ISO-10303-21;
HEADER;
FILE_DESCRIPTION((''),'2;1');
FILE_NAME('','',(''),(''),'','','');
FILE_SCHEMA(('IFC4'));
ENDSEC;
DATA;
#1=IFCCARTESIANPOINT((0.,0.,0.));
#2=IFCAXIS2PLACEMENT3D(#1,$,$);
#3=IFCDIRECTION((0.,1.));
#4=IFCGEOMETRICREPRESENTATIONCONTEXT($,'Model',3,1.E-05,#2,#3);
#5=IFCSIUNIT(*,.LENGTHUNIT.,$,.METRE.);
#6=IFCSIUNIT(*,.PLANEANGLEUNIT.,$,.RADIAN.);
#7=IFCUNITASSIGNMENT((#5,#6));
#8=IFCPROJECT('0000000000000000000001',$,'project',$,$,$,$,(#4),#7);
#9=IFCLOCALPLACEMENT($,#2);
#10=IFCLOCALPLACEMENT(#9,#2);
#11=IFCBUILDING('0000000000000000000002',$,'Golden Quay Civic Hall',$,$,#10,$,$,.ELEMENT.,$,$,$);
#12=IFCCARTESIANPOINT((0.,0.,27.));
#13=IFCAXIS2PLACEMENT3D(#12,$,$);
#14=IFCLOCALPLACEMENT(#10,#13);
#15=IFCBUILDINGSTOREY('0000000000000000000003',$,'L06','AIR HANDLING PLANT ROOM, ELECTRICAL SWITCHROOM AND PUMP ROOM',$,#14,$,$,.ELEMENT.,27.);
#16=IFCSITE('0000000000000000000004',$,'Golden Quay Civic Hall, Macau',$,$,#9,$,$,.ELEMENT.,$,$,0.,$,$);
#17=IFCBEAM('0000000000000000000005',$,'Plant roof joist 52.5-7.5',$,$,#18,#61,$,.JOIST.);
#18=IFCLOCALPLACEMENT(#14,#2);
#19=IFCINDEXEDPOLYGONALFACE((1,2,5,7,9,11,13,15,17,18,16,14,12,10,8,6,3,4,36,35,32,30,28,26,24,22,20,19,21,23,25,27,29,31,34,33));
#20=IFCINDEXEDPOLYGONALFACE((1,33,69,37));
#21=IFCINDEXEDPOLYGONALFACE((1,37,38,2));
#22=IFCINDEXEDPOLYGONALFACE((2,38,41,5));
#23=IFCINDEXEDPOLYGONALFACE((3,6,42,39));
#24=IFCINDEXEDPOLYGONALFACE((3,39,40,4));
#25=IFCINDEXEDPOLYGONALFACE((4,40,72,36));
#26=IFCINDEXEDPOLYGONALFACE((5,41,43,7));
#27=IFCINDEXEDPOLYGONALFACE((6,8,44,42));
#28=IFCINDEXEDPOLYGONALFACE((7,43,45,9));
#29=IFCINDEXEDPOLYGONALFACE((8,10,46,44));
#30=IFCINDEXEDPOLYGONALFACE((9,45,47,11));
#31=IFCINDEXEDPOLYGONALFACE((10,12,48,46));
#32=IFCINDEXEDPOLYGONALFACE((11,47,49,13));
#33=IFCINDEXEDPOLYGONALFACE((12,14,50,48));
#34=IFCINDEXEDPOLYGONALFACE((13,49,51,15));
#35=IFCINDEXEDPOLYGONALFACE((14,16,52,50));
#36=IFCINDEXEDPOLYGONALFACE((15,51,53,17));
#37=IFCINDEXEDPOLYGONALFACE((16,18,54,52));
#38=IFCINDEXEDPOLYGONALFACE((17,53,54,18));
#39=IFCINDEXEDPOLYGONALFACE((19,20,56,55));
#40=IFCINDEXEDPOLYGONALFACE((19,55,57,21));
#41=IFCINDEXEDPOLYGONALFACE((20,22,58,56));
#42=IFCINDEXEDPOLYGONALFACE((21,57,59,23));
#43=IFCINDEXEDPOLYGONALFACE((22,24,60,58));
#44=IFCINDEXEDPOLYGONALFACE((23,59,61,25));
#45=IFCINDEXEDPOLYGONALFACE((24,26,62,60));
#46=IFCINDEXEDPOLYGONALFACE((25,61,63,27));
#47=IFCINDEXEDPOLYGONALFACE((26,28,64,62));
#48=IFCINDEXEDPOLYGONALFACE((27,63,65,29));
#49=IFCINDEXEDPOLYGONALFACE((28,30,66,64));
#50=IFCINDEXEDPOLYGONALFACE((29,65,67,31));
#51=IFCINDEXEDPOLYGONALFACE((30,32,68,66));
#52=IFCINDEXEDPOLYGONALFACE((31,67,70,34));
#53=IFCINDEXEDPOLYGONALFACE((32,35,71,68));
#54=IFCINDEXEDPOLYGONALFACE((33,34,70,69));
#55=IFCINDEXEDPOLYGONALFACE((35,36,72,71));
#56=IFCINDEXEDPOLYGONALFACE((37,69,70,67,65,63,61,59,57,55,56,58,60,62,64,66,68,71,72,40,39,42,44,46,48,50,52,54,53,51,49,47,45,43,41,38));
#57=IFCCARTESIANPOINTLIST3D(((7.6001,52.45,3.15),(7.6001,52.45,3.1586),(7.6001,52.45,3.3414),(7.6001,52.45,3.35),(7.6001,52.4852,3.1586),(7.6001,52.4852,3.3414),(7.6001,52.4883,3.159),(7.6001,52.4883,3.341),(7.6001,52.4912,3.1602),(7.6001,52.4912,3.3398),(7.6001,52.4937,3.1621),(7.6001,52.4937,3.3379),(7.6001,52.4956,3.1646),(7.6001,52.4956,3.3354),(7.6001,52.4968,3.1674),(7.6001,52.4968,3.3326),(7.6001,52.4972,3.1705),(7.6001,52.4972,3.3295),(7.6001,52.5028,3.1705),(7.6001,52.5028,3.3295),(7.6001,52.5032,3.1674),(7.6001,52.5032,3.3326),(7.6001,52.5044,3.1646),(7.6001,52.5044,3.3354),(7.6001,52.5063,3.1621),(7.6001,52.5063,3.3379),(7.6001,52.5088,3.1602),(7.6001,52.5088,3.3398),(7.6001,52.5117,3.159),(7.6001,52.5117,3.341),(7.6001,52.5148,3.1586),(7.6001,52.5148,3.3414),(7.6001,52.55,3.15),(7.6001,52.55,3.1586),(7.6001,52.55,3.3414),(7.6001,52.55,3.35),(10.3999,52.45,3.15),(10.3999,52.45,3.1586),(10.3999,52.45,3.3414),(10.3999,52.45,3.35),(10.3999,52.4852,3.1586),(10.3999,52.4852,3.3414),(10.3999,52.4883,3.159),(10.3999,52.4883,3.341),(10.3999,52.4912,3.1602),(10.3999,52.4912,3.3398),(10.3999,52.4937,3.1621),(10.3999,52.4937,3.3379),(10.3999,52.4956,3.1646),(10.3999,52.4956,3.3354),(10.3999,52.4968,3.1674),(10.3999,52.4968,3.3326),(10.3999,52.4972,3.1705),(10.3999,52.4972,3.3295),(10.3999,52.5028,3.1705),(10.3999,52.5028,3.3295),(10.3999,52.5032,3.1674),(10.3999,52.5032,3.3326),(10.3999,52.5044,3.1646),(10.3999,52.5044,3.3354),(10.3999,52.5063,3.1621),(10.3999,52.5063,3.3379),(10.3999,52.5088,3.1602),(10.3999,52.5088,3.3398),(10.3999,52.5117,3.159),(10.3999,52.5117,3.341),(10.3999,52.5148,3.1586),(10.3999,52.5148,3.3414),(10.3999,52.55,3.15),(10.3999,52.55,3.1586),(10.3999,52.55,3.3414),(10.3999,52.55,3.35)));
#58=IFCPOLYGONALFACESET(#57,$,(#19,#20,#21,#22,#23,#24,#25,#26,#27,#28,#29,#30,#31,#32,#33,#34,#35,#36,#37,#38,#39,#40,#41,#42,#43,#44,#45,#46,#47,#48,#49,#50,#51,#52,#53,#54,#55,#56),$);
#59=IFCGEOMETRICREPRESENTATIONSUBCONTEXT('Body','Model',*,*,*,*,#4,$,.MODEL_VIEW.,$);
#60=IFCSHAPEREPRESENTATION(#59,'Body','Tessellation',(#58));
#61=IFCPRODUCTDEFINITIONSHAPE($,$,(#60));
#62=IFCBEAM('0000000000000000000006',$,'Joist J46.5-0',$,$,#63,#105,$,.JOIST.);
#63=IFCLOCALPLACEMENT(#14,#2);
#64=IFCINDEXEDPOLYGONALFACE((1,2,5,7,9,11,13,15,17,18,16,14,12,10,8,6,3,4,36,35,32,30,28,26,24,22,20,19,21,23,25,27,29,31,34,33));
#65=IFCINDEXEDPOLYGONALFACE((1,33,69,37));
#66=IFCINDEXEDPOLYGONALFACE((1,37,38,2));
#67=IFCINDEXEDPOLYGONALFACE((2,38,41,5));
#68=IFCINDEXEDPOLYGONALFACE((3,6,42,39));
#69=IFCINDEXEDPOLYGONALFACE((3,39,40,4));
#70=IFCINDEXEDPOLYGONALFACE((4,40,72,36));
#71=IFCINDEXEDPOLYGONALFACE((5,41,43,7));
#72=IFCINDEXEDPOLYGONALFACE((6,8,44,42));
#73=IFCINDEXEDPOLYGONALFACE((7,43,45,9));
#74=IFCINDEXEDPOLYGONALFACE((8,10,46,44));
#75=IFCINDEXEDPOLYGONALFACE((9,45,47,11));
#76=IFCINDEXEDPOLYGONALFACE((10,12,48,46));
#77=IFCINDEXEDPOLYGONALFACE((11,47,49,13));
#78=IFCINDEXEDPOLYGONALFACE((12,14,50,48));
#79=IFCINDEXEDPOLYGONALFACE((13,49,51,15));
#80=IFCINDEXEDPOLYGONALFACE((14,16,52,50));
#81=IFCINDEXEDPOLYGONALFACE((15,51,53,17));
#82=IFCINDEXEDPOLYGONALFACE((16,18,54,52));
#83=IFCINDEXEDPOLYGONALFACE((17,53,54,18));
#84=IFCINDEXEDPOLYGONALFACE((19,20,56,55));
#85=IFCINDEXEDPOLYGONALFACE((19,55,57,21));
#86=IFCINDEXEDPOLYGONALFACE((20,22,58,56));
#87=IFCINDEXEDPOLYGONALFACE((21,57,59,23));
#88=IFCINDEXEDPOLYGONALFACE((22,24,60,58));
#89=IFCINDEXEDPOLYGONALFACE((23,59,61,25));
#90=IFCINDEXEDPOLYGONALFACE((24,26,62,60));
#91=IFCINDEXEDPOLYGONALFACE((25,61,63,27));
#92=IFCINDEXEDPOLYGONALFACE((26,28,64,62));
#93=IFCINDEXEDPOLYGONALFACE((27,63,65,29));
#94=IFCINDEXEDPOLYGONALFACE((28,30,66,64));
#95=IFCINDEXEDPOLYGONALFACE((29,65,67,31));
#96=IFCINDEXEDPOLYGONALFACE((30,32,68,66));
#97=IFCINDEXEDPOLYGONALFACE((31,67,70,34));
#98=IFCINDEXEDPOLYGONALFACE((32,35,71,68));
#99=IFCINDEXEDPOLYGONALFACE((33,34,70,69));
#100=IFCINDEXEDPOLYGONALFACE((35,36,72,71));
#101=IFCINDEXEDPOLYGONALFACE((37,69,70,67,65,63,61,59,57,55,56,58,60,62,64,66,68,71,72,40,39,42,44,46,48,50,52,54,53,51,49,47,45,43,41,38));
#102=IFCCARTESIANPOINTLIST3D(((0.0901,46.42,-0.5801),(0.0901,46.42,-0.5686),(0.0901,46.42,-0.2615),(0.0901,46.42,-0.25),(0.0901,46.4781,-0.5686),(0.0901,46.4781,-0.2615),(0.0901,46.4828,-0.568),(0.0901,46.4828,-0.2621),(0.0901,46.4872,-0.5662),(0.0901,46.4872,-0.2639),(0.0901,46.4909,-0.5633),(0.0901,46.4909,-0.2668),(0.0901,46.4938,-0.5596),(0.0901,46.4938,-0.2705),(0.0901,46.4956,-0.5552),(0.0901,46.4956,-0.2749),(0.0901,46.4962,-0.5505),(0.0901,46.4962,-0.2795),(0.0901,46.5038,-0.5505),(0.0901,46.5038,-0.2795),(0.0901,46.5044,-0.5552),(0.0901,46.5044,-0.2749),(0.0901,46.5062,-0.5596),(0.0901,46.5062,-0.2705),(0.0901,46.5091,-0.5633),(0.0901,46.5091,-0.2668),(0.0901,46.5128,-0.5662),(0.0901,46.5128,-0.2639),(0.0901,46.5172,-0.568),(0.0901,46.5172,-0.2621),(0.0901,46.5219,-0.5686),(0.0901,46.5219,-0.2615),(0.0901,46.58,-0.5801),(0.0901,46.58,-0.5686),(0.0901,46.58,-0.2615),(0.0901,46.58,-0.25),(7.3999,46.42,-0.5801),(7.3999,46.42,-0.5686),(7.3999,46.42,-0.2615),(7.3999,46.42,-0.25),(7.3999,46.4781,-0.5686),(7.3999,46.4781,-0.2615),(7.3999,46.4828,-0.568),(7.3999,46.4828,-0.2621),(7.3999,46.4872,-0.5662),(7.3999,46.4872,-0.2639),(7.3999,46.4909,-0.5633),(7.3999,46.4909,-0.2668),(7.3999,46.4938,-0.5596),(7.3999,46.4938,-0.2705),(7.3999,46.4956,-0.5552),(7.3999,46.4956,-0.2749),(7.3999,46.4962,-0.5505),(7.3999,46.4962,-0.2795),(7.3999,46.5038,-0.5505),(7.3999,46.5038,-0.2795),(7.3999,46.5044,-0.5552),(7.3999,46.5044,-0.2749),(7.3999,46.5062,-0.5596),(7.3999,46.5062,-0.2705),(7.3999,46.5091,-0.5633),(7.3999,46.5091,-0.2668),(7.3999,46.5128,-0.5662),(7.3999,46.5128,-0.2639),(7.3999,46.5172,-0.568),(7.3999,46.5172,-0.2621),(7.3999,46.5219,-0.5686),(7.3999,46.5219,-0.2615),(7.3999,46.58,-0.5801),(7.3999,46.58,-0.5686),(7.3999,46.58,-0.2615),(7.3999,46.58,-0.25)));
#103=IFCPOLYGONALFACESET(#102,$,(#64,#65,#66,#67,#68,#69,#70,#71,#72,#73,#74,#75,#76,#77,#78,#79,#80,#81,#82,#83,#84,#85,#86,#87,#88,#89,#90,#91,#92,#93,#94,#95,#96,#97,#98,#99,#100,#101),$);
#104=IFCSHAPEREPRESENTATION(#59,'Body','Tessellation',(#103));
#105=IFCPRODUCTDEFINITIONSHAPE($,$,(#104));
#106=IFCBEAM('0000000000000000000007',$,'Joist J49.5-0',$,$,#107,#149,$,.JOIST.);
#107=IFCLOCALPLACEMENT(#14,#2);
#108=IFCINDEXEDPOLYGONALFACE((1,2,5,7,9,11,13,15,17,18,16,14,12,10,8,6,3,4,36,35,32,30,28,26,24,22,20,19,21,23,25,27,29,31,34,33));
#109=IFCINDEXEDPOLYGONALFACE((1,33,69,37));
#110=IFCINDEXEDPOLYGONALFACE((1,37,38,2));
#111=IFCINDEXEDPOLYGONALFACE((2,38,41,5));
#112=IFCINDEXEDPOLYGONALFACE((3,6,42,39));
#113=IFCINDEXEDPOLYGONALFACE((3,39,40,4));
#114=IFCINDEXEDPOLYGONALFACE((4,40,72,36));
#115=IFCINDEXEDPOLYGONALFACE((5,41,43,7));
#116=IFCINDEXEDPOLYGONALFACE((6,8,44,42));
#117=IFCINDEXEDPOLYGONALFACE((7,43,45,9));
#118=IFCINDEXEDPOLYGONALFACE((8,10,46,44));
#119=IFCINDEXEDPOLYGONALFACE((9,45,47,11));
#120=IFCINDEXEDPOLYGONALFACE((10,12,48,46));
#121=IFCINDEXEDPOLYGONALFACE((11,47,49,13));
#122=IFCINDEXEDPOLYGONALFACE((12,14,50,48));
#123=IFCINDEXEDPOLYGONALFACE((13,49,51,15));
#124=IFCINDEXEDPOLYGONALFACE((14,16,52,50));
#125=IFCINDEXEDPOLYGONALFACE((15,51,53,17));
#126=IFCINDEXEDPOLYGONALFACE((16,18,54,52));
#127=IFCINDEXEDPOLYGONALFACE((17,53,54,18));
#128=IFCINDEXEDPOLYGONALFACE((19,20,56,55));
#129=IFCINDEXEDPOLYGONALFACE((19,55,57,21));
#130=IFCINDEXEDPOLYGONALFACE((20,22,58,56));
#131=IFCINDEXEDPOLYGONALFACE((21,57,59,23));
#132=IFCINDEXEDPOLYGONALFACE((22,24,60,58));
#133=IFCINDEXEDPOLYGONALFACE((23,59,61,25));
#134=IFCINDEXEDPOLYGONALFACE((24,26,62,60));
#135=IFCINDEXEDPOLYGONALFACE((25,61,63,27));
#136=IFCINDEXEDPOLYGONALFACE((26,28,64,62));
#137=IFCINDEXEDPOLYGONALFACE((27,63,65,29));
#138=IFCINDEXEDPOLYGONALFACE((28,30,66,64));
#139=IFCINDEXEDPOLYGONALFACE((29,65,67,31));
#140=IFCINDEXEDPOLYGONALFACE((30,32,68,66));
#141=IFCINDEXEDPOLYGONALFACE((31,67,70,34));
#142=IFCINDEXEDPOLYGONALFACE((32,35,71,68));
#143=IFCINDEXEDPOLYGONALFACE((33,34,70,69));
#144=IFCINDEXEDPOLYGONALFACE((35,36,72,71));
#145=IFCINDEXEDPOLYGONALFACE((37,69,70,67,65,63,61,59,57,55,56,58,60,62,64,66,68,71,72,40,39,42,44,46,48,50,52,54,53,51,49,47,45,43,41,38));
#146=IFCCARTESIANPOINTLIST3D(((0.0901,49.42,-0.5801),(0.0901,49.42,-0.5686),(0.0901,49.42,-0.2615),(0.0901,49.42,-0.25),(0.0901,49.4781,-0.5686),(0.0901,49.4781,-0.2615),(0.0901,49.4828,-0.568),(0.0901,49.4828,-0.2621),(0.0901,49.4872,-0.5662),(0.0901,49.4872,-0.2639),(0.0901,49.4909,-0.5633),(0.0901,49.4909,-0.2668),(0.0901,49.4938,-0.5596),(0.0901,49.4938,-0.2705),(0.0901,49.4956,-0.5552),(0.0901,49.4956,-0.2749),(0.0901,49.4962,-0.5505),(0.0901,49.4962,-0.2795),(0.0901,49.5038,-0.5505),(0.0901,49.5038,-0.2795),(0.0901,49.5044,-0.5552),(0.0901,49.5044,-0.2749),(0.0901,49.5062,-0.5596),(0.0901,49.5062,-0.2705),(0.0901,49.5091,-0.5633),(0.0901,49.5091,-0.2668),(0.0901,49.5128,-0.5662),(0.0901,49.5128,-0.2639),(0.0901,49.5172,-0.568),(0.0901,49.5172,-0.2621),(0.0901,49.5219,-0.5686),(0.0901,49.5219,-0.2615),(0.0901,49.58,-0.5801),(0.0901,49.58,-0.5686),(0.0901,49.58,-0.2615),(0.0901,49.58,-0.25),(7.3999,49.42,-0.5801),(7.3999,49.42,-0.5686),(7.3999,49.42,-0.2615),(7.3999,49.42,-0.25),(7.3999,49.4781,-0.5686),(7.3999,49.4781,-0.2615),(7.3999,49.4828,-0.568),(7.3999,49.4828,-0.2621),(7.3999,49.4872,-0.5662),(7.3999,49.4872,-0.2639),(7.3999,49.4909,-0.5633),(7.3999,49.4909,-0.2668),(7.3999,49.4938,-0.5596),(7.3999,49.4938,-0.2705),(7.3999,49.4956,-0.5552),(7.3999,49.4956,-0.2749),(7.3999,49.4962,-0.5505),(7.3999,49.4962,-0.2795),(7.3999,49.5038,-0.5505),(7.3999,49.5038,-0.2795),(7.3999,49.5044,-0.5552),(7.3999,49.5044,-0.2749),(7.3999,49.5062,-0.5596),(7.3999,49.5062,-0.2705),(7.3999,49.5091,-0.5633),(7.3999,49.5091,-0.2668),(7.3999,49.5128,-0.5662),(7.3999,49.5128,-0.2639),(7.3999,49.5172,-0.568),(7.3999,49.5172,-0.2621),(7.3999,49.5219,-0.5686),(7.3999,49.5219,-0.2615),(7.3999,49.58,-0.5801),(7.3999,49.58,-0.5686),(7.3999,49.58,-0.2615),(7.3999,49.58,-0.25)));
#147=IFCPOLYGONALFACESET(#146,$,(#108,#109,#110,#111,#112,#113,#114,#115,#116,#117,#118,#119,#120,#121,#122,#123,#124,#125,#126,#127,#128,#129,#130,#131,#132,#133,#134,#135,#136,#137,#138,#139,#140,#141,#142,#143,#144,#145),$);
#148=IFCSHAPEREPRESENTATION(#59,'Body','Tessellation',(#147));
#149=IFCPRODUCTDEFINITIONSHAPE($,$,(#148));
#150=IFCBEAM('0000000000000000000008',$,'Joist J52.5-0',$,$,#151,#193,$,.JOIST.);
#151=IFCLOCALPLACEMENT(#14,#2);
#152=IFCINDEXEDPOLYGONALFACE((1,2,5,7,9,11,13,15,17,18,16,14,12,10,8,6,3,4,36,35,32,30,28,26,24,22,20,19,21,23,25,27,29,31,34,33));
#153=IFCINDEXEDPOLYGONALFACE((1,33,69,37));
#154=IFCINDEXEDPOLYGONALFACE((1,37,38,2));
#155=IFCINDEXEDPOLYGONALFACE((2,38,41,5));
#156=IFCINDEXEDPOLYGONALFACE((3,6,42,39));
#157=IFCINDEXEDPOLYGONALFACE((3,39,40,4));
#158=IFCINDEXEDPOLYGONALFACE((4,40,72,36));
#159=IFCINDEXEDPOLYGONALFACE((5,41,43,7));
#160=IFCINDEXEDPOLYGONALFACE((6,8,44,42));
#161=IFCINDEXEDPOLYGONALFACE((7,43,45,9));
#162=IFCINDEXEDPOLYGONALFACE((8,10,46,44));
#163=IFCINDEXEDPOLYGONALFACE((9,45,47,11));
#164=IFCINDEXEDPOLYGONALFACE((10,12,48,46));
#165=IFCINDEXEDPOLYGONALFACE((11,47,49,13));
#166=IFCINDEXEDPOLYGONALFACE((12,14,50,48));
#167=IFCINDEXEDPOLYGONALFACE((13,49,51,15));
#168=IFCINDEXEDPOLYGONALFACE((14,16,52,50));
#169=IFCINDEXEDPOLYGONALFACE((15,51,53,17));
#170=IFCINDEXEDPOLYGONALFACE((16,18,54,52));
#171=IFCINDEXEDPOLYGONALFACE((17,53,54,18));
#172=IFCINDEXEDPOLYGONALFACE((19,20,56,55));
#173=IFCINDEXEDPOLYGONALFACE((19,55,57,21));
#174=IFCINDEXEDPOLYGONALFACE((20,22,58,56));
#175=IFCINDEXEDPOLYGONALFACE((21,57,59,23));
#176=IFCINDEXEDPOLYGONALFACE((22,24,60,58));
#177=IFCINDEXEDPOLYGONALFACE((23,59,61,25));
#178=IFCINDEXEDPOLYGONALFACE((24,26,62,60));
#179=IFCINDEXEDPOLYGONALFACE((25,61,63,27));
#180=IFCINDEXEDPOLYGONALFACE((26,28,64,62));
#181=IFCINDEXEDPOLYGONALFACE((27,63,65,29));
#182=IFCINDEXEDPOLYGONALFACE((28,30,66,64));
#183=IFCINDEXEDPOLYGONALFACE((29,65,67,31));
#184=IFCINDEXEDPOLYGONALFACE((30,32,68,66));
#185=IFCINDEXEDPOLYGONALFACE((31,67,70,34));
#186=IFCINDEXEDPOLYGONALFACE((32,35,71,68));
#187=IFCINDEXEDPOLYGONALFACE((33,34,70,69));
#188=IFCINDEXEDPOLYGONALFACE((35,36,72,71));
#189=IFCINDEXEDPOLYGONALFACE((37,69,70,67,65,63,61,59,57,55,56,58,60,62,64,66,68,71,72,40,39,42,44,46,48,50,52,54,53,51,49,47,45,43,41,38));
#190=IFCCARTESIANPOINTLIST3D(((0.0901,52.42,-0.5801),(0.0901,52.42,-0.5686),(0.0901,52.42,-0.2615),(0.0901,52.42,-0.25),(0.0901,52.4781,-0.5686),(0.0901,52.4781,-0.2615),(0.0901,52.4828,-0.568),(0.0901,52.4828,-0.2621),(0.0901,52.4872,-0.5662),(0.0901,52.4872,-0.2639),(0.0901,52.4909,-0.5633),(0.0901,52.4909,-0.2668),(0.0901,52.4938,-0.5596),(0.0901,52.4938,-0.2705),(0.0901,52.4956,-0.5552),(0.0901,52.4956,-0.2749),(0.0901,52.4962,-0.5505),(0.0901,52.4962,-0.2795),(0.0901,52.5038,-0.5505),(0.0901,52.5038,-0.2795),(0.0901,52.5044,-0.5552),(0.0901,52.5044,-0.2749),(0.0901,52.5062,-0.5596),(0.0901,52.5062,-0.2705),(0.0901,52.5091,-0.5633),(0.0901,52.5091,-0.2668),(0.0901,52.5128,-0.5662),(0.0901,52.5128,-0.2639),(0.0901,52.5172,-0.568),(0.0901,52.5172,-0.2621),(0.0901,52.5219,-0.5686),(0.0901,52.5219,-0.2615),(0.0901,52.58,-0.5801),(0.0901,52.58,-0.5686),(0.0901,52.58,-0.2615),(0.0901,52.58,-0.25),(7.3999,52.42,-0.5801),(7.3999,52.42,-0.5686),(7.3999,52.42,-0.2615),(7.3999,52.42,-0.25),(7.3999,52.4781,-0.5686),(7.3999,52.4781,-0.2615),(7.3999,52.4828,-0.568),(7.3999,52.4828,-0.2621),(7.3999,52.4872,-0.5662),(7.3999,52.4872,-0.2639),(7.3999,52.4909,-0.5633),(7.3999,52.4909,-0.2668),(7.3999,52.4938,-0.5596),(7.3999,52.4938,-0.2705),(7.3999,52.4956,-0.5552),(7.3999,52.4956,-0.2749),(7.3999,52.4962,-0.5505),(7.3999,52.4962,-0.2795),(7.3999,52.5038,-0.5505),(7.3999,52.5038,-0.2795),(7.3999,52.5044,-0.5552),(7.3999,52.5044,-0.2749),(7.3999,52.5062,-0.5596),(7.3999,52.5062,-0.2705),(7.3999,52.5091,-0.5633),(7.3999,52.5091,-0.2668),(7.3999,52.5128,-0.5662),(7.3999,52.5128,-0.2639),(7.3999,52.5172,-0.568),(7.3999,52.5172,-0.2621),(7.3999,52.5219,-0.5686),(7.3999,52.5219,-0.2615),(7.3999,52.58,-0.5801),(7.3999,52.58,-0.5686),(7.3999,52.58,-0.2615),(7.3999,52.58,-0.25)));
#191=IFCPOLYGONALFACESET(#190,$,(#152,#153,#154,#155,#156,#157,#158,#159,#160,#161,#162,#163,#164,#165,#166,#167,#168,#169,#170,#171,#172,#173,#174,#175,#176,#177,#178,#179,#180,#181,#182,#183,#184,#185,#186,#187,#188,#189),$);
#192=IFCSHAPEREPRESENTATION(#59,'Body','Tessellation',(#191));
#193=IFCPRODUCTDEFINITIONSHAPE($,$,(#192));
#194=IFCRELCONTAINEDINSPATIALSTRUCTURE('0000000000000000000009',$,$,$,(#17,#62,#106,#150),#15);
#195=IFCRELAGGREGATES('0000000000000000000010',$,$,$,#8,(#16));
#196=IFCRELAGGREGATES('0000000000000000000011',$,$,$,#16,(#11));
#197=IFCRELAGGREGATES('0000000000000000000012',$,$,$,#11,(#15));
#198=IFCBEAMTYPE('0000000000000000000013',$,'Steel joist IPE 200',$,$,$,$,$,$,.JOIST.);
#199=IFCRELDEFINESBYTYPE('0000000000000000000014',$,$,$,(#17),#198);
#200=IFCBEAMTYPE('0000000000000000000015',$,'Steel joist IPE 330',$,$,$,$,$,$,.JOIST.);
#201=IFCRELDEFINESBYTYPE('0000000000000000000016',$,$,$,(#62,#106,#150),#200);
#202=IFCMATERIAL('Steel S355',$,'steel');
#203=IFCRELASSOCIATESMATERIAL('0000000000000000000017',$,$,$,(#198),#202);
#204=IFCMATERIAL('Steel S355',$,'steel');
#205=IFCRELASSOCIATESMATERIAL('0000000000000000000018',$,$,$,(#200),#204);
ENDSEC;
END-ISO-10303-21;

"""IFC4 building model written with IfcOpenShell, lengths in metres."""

from ifc_helpers import new_model, si_unit, direction, frame, origin, origin_2d, place, context, subcontext, project, spatial, i_section, extrude, material, material_profile, profile_set, type_object, element, save


model = new_model("IFC4")

# Units and contexts
model_context = context("Model", 3, precision=1e-05, world=origin(), true_north=direction((0.0, 1.0)))
body_context = subcontext(model_context, "Body", "Model", "MODEL_VIEW")
ifc_project = project(units=[si_unit("LENGTHUNIT", "METRE"), si_unit("PLANEANGLEUNIT", "RADIAN")], contexts=[model_context])

# Site, building, storey
site_placement = place(None, origin())
site = spatial("IfcSite", under=ifc_project, at=site_placement, Name="Golden Quay Civic Hall, Macau", CompositionType="ELEMENT", RefElevation=0.0)
building_placement = place(site_placement, origin())
building = spatial("IfcBuilding", under=site, at=building_placement, Name="Golden Quay Civic Hall", CompositionType="ELEMENT")
storey_placement = place(building_placement, frame((0.0, 0.0, 27.0)))
storey = spatial("IfcBuildingStorey", under=building, at=storey_placement, Name="L06", Description="AIR HANDLING PLANT ROOM, ELECTRICAL SWITCHROOM AND PUMP ROOM", CompositionType="ELEMENT", Elevation=27.0)

# Beams
ifc_material_1 = material(Name="Steel S355", Category="steel")
ifc_material_profile_1 = material_profile(ifc_material_1, i_section(OverallWidth=0.1001, OverallDepth=0.2, WebThickness=0.0056, FlangeThickness=0.0085, FilletRadius=0.012, at=origin_2d()), Name="IPE 200")
ifc_profile_set_1 = profile_set([ifc_material_profile_1], Name="Steel S355")
beam_type_1 = type_object("IfcBeamType", Name="Steel joist IPE 200", PredefinedType="JOIST", material=ifc_profile_set_1)
for number, where, z_axis, x_axis, name in (
    (1, (7.6001, 52.5, 3.25), (1.0, 0.0, 0.0), (0.0, 1.0, 0.0), "Plant roof joist 52.5-7.5"),
):
    element("IfcBeam", number, at=place(storey_placement, frame(where, z_axis=z_axis, x_axis=x_axis)), inside=storey, type_object=beam_type_1, Name=name, PredefinedType="JOIST", context=body_context, shape_type="SweptSolid", body=[
        extrude(i_section(OverallWidth=0.1001, OverallDepth=0.2, WebThickness=0.0056, FlangeThickness=0.0085, FilletRadius=0.012, at=origin_2d()), origin(), (0.0, 0.0, 1.0), 2.7998),
    ])
ifc_material_2 = material(Name="Steel S355", Category="steel")
ifc_material_profile_2 = material_profile(ifc_material_2, i_section(OverallWidth=0.1599, OverallDepth=0.3301, WebThickness=0.0076, FlangeThickness=0.0115, FilletRadius=0.0181, at=origin_2d()), Name="IPE 330")
ifc_profile_set_2 = profile_set([ifc_material_profile_2], Name="Steel S355")
beam_type_2 = type_object("IfcBeamType", Name="Steel joist IPE 330", PredefinedType="JOIST", material=ifc_profile_set_2)
for number, where, z_axis, x_axis, name in (
    (2, (0.0901, 46.5, -0.415), (1.0, 0.0, 0.0), (0.0, 1.0, 0.0), "Joist J46.5-0"),
    (3, (0.0901, 49.5, -0.415), (1.0, 0.0, 0.0), (0.0, 1.0, 0.0), "Joist J49.5-0"),
    (4, (0.0901, 52.5, -0.415), (1.0, 0.0, 0.0), (0.0, 1.0, 0.0), "Joist J52.5-0"),
):
    element("IfcBeam", number, at=place(storey_placement, frame(where, z_axis=z_axis, x_axis=x_axis)), inside=storey, type_object=beam_type_2, Name=name, PredefinedType="JOIST", context=body_context, shape_type="SweptSolid", body=[
        extrude(i_section(OverallWidth=0.1599, OverallDepth=0.3301, WebThickness=0.0076, FlangeThickness=0.0115, FilletRadius=0.0181, at=origin_2d()), origin(), (0.0, 0.0, 1.0), 7.3098),
    ])

save(model, "model.ifc")
